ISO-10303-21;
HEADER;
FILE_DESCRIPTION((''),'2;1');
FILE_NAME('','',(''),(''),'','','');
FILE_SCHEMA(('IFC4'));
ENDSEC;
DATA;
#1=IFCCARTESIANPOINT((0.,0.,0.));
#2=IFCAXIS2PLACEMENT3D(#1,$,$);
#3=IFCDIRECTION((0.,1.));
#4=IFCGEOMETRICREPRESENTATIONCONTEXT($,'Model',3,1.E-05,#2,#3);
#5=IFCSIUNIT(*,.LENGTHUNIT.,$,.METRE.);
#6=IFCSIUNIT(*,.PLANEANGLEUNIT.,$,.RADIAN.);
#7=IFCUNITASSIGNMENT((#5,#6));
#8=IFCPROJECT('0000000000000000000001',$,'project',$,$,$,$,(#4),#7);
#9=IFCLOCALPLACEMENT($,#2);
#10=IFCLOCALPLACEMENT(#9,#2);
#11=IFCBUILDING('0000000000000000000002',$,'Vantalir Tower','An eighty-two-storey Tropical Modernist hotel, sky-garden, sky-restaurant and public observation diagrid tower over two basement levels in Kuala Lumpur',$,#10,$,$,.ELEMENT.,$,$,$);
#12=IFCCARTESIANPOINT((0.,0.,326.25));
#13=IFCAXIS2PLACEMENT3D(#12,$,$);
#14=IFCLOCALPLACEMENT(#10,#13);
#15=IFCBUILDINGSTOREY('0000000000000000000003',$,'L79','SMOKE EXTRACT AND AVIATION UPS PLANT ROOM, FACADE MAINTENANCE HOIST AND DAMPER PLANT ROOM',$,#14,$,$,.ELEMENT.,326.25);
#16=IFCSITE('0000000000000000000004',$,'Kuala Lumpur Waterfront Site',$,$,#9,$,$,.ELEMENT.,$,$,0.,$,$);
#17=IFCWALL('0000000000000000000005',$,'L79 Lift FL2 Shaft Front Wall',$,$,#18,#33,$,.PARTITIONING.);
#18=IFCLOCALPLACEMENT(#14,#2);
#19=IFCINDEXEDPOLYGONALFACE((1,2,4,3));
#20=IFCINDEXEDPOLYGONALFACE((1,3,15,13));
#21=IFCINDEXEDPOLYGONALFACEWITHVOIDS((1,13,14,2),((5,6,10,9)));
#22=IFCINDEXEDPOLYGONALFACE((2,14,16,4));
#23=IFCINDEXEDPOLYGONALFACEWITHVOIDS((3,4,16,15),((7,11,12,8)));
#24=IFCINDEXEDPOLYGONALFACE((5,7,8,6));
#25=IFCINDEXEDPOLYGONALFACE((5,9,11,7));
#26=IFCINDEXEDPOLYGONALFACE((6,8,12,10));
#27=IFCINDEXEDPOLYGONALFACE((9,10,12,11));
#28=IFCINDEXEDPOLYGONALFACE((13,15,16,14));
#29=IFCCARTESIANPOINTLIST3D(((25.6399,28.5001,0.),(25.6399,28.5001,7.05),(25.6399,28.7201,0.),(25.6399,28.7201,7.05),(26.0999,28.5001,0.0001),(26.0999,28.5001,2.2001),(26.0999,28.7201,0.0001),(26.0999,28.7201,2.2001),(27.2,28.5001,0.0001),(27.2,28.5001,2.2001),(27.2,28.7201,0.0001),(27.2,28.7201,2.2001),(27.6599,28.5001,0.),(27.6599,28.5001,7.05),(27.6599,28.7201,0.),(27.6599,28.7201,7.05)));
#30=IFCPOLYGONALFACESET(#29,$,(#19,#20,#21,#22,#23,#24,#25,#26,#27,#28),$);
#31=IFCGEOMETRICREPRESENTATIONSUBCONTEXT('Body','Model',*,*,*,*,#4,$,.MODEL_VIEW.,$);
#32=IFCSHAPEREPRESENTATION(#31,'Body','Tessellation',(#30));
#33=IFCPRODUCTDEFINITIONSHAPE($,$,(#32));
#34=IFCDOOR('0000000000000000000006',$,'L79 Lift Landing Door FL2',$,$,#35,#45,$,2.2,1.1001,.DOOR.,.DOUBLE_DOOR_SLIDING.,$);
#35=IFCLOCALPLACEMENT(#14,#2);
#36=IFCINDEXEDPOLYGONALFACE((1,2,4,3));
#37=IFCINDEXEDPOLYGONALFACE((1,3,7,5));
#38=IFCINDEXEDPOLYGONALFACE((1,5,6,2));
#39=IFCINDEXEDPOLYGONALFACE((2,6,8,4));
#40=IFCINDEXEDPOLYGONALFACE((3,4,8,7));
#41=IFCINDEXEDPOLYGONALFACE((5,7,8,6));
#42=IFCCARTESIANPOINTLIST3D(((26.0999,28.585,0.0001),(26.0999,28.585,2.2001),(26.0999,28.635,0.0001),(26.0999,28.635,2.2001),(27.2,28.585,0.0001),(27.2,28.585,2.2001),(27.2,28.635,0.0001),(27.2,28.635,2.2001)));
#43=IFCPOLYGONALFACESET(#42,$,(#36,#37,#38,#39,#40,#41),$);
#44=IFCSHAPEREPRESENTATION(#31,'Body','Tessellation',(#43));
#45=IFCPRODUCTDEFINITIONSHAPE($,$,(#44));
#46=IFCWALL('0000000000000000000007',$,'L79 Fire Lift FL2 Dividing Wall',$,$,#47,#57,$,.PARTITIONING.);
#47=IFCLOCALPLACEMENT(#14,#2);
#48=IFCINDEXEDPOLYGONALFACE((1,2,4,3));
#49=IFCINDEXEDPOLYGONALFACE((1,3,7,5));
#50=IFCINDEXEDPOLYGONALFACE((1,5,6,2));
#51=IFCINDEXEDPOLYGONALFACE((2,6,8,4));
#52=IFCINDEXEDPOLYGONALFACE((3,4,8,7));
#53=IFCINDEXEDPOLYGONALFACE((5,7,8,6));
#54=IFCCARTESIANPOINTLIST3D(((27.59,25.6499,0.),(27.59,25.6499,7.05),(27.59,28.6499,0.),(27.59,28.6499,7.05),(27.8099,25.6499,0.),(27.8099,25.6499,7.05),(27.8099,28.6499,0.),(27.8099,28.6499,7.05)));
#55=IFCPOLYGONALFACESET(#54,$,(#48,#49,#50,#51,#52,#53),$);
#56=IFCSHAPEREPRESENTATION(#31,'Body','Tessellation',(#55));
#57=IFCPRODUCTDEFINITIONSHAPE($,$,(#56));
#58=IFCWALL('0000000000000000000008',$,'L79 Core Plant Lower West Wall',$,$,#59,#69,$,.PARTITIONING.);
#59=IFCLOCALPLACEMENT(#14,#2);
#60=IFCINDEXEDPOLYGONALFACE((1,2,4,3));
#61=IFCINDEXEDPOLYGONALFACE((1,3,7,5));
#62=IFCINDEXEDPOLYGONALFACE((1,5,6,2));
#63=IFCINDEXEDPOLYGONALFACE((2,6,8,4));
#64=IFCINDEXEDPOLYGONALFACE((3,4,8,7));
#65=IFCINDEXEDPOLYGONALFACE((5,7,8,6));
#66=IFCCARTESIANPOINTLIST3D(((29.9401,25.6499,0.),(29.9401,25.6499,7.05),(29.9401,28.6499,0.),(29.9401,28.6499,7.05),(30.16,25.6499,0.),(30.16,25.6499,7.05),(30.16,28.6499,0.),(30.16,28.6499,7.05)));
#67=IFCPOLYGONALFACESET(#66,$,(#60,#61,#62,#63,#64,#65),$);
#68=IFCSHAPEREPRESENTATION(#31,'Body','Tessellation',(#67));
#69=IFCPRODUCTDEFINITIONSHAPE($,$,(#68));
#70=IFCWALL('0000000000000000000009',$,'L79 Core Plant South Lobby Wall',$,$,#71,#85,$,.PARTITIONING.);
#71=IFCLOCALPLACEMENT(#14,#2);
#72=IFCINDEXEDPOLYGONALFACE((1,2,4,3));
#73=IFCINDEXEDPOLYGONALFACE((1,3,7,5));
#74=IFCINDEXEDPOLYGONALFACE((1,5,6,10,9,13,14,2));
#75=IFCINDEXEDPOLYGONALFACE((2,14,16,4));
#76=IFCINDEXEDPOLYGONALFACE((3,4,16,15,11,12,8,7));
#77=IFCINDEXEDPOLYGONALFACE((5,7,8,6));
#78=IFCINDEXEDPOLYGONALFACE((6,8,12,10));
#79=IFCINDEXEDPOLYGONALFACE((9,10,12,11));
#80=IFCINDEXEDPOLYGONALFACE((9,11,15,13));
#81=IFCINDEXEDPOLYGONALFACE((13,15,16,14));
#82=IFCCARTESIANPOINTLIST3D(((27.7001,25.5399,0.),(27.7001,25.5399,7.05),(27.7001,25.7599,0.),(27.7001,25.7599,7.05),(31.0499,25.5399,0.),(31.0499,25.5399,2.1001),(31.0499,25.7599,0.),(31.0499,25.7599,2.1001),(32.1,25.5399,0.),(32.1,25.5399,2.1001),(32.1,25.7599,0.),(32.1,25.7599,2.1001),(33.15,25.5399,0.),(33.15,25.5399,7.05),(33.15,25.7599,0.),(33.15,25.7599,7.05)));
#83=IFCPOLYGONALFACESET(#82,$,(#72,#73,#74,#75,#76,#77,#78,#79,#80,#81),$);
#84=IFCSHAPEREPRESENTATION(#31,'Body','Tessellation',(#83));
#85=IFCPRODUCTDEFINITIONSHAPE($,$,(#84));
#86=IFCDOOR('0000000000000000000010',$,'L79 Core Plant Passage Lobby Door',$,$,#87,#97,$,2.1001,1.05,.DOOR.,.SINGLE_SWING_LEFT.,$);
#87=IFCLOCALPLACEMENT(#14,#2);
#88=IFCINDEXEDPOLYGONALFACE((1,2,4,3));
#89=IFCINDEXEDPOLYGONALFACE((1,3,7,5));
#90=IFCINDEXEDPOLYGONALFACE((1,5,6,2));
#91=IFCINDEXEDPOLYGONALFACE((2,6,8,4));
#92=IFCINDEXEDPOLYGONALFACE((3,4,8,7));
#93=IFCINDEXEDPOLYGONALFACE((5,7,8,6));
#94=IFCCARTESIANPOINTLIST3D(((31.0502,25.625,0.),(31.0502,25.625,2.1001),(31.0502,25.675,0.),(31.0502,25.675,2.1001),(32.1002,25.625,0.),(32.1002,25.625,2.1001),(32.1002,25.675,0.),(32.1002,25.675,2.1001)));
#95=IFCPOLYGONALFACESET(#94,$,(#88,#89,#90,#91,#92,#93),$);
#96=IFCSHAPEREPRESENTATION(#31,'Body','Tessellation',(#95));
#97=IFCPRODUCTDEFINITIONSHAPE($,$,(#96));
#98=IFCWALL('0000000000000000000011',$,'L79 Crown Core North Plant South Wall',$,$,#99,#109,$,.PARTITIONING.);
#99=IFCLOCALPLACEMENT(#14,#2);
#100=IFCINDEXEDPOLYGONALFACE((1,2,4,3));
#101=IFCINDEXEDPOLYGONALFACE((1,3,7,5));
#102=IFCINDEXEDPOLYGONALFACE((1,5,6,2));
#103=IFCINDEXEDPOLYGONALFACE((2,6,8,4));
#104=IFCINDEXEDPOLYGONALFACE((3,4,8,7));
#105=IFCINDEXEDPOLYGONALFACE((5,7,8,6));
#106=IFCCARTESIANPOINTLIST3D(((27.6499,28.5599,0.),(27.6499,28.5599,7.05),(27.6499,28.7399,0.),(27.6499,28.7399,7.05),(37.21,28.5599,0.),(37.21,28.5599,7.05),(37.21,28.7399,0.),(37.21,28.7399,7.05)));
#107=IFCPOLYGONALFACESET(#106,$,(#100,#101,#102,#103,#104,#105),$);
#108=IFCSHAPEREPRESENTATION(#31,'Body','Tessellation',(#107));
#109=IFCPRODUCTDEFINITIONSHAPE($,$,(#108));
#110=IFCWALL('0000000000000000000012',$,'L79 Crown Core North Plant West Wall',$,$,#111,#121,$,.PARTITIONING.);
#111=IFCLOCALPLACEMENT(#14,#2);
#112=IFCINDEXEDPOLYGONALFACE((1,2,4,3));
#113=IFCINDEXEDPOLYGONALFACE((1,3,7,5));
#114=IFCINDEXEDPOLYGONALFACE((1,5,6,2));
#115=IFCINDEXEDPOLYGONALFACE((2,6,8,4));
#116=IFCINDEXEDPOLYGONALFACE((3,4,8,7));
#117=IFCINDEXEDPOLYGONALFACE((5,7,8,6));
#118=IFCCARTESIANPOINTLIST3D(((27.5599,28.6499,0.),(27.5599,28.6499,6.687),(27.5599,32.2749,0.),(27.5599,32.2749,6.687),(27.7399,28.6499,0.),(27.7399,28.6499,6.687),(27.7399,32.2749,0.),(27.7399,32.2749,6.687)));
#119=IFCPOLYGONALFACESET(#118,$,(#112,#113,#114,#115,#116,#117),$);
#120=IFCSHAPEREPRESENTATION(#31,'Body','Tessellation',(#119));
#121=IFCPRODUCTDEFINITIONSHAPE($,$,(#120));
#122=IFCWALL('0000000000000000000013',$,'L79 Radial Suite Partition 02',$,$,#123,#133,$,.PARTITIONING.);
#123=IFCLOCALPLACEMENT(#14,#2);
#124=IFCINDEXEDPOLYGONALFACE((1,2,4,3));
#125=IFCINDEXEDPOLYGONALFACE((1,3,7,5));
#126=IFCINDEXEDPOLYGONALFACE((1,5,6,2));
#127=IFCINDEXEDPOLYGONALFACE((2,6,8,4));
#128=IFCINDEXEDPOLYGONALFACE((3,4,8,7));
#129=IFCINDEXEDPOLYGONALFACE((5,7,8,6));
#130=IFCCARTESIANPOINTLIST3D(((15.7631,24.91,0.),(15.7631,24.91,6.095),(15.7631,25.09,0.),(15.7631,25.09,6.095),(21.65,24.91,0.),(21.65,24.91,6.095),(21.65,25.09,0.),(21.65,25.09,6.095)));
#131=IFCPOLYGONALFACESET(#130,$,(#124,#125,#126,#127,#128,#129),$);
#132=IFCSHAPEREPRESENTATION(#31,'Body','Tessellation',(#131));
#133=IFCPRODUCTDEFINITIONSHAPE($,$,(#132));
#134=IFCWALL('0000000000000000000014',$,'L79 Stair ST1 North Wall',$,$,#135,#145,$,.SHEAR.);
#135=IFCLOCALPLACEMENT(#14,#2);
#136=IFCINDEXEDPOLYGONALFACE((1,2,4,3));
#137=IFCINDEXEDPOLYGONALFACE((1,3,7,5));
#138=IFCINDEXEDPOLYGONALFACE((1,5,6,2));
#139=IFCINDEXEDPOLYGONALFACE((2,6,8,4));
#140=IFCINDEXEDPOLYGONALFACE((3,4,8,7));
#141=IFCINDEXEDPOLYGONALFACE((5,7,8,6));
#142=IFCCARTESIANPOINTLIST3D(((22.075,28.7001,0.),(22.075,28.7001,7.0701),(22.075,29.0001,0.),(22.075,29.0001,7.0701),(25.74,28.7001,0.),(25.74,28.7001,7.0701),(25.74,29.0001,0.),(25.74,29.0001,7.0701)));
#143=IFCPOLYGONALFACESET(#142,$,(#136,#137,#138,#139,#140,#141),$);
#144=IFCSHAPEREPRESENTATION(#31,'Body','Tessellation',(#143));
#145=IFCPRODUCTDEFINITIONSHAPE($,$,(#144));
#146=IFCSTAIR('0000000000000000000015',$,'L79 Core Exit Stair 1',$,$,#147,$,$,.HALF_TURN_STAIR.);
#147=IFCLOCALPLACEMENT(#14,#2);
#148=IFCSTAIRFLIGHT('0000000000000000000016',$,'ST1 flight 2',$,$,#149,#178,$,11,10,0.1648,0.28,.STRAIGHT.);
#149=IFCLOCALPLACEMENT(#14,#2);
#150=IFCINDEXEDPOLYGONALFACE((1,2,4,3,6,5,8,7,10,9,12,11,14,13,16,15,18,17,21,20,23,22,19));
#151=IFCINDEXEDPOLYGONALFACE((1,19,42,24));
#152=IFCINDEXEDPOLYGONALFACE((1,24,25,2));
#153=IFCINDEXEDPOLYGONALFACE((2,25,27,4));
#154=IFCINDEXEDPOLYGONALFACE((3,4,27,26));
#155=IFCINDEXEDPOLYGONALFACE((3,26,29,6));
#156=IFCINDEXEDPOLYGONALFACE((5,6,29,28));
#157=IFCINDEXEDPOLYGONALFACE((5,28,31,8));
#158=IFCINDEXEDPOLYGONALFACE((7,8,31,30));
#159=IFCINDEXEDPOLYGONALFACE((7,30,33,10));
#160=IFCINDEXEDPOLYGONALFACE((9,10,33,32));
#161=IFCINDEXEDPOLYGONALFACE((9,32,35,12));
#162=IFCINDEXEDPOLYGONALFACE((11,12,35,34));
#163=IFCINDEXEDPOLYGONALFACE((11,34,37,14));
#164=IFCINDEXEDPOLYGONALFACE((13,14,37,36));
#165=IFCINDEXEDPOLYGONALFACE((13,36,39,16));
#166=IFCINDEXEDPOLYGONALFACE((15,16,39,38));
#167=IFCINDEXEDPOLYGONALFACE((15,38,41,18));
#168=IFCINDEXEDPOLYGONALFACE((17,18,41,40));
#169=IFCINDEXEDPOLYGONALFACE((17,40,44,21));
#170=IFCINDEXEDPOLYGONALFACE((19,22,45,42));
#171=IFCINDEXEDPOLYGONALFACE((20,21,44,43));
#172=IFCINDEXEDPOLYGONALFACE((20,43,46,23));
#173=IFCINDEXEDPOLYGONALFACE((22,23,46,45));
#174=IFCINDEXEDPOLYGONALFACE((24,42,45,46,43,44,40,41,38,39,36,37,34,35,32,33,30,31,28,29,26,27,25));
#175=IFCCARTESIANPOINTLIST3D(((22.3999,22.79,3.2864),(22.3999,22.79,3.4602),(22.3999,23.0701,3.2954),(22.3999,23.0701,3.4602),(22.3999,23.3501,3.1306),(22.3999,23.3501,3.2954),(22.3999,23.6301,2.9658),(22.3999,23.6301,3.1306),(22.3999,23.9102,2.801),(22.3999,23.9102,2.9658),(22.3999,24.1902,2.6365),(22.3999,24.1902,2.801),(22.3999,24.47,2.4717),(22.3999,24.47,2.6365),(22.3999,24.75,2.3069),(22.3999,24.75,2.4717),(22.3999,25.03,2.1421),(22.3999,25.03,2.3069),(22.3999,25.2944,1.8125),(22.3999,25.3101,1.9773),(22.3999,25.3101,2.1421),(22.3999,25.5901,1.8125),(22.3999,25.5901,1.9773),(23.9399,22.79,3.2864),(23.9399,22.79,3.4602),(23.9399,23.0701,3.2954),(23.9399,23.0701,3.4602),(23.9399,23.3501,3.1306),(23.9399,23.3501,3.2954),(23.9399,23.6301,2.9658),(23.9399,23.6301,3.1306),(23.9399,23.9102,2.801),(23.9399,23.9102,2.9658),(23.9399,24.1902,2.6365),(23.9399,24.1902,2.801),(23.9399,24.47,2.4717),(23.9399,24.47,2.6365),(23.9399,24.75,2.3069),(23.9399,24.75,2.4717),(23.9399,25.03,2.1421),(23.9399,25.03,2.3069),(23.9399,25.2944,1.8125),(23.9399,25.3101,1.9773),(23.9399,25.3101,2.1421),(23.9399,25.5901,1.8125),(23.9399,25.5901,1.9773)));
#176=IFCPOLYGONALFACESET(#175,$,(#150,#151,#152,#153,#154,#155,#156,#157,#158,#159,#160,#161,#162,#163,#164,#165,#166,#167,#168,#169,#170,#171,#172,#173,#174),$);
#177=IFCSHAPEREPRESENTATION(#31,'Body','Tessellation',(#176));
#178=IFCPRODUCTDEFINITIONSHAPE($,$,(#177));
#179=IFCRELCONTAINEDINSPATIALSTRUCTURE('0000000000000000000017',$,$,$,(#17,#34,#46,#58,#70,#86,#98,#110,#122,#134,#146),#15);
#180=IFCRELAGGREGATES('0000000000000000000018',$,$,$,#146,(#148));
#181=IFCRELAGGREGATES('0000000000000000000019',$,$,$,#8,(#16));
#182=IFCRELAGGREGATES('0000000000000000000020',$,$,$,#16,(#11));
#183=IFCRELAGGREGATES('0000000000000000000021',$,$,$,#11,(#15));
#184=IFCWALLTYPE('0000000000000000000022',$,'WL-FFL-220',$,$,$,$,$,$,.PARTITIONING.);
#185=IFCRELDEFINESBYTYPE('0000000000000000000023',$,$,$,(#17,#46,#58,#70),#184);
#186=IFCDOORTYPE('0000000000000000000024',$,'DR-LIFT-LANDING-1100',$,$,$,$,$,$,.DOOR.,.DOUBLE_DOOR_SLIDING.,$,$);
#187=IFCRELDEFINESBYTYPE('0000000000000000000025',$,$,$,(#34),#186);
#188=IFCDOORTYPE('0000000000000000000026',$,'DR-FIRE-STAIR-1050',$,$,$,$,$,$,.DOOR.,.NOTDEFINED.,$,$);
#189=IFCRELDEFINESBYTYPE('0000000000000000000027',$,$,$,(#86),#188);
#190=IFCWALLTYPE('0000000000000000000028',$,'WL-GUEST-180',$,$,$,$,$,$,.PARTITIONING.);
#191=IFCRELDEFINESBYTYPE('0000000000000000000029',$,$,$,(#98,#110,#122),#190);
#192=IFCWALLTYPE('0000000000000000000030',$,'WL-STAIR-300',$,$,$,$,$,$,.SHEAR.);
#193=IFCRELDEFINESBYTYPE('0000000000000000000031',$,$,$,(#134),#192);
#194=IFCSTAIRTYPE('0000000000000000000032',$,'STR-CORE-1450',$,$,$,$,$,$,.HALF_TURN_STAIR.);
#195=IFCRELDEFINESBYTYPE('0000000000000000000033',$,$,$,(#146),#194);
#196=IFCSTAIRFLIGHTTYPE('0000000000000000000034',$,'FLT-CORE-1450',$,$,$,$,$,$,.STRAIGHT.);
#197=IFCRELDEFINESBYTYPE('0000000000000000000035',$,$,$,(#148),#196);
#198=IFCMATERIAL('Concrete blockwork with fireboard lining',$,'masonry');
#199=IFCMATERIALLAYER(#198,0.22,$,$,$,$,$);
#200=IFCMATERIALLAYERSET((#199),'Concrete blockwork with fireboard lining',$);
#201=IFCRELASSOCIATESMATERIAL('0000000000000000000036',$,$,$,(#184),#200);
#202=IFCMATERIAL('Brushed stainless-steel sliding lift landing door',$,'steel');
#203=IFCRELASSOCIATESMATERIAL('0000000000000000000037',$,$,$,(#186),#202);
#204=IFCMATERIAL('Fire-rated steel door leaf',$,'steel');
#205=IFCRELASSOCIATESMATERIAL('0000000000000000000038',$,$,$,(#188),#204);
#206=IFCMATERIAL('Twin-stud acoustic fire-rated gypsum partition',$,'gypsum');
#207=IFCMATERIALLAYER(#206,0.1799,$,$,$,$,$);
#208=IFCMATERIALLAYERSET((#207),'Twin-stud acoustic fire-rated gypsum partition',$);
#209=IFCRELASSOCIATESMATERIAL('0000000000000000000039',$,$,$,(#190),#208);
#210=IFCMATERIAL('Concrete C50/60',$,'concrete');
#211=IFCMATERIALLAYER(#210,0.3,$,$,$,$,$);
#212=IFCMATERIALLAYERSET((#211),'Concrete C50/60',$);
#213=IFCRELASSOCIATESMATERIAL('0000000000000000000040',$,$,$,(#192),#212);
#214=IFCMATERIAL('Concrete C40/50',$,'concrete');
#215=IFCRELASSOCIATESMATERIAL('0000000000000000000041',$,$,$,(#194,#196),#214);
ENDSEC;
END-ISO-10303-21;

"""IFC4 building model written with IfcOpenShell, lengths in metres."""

from ifc_helpers import new_model, si_unit, direction, frame, frame_2d, origin, place, context, subcontext, project, spatial, polyline, rectangle, outline, extrude, material, layer, layer_set, type_object, element, fill, aggregate, save


model = new_model("IFC4")

# Units and contexts
model_context = context("Model", 3, precision=1e-05, world=origin(), true_north=direction((0.0, 1.0)))
body_context = subcontext(model_context, "Body", "Model", "MODEL_VIEW")
ifc_project = project(units=[si_unit("LENGTHUNIT", "METRE"), si_unit("PLANEANGLEUNIT", "RADIAN")], contexts=[model_context])

# Site, building, storey
site_placement = place(None, origin())
site = spatial("IfcSite", under=ifc_project, at=site_placement, Name="Kuala Lumpur Waterfront Site", CompositionType="ELEMENT", RefElevation=0.0)
building_placement = place(site_placement, origin())
building = spatial("IfcBuilding", under=site, at=building_placement, Name="Vantalir Tower", Description="An eighty-two-storey Tropical Modernist hotel, sky-garden, sky-restaurant and public observation diagrid tower over two basement levels in Kuala Lumpur", CompositionType="ELEMENT")
storey_placement = place(building_placement, frame((0.0, 0.0, 326.25)))
storey = spatial("IfcBuildingStorey", under=building, at=storey_placement, Name="L79", Description="SMOKE EXTRACT AND AVIATION UPS PLANT ROOM, FACADE MAINTENANCE HOIST AND DAMPER PLANT ROOM", CompositionType="ELEMENT", Elevation=326.25)

# Shared definitions
ifc_material_1 = material(Name="Concrete C50/60", Category="concrete")

# Shared definitions
ifc_material_2 = material(Name="Concrete blockwork with fireboard lining", Category="masonry")
ifc_layer_1 = layer(ifc_material_2, 0.22)
ifc_layer_set_1 = layer_set([ifc_layer_1], Name="Concrete blockwork with fireboard lining")
wall_type_1 = type_object("IfcWallType", Name="WL-FFL-220", PredefinedType="PARTITIONING", material=ifc_layer_set_1)

# Wall, opening, door
wall_1_placement = place(storey_placement, frame((25.6399, 28.6101, 0.0), z_axis=(0.0, 0.0, 1.0), x_axis=(1.0, 0.0, 0.0)))
wall_1 = element("IfcWall", 1, at=wall_1_placement, inside=storey, type_object=wall_type_1, Name="L79 Lift FL2 Shaft Front Wall", PredefinedType="PARTITIONING", context=body_context, shape_type="SweptSolid", body=[
    extrude(rectangle(XDim=2.02, YDim=0.22, at=frame_2d((1.01, 0.0))), origin(), (0.0, 0.0, 1.0), 7.05),
])
opening_1_placement = place(wall_1_placement, frame((0.46, 0.0, 0.0)))
opening_1 = element("IfcOpeningElement", 2, at=opening_1_placement, cuts=wall_1, PredefinedType="OPENING", context=body_context, shape_type="SweptSolid", body=[
    extrude(rectangle(XDim=1.1001, YDim=2.2, at=frame_2d((0.55, 1.1001))), frame((0.0, 0.1199, 0.0), z_axis=(0.0, -1.0, 0.0), x_axis=(1.0, 0.0, 0.0)), (0.0, 0.0, 1.0), 0.24),
])
ifc_material_3 = material(Name="Brushed stainless-steel sliding lift landing door", Category="steel")
door_type_1 = type_object("IfcDoorType", Name="DR-LIFT-LANDING-1100", OperationType="DOUBLE_DOOR_SLIDING", PredefinedType="DOOR", material=ifc_material_3)
door_1_placement = place(opening_1_placement, origin())
door_1 = element("IfcDoor", 3, at=door_1_placement, inside=storey, type_object=door_type_1, Name="L79 Lift Landing Door FL2", OperationType="DOUBLE_DOOR_SLIDING", OverallHeight=2.2, OverallWidth=1.1001, PredefinedType="DOOR", context=body_context, shape_type="SweptSolid", body=[
    extrude(rectangle(XDim=1.1001, YDim=2.2, at=frame_2d((0.55, 1.1001))), frame((0.0, 0.0249, 0.0), z_axis=(0.0, -1.0, 0.0), x_axis=(1.0, 0.0, 0.0)), (0.0, 0.0, 1.0), 0.05),
])
fill(opening_1, door_1)

# Walls
for number, where, z_axis, x_axis, name in (
    (4, (27.7, 25.6499, 0.0), (0.0, 0.0, 1.0), (0.0, 1.0, 0.0), "L79 Fire Lift FL2 Dividing Wall"),
    (5, (30.05, 25.6499, 0.0), (0.0, 0.0, 1.0), (0.0, 1.0, 0.0), "L79 Core Plant Lower West Wall"),
):
    element("IfcWall", number, at=place(storey_placement, frame(where, z_axis=z_axis, x_axis=x_axis)), inside=storey, type_object=wall_type_1, Name=name, PredefinedType="PARTITIONING", context=body_context, shape_type="SweptSolid", body=[
        extrude(rectangle(XDim=3.0, YDim=0.22, at=frame_2d((1.5, 0.0))), origin(), (0.0, 0.0, 1.0), 7.05),
    ])

# Wall, opening, door
wall_2_placement = place(storey_placement, frame((27.7, 25.6499, 0.0), z_axis=(0.0, 0.0, 1.0), x_axis=(1.0, 0.0, 0.0)))
wall_2 = element("IfcWall", 6, at=wall_2_placement, inside=storey, type_object=wall_type_1, Name="L79 Core Plant South Lobby Wall", PredefinedType="PARTITIONING", context=body_context, shape_type="SweptSolid", body=[
    extrude(rectangle(XDim=5.45, YDim=0.22, at=frame_2d((2.7251, 0.0))), origin(), (0.0, 0.0, 1.0), 7.05),
])
opening_2_placement = place(wall_2_placement, frame((3.3501, 0.0, 0.0)))
opening_2 = element("IfcOpeningElement", 7, at=opening_2_placement, cuts=wall_2, PredefinedType="OPENING", context=body_context, shape_type="SweptSolid", body=[
    extrude(rectangle(XDim=1.05, YDim=2.1001, at=frame_2d((0.5249, 1.05))), frame((0.0, 0.1199, 0.0), z_axis=(0.0, -1.0, 0.0), x_axis=(1.0, 0.0, 0.0)), (0.0, 0.0, 1.0), 0.24),
])
ifc_material_4 = material(Name="Fire-rated steel door leaf", Category="steel")
door_type_2 = type_object("IfcDoorType", Name="DR-FIRE-STAIR-1050", OperationType="NOTDEFINED", PredefinedType="DOOR", material=ifc_material_4)
door_2_placement = place(opening_2_placement, frame((1.05, 0.0, 0.0), z_axis=(0.0, 0.0, 1.0), x_axis=(-1.0, 0.0, 0.0)))
door_2 = element("IfcDoor", 8, at=door_2_placement, inside=storey, type_object=door_type_2, Name="L79 Core Plant Passage Lobby Door", OperationType="SINGLE_SWING_LEFT", OverallHeight=2.1001, OverallWidth=1.05, PredefinedType="DOOR", context=body_context, shape_type="SweptSolid", body=[
    extrude(rectangle(XDim=1.05, YDim=2.1001, at=frame_2d((0.5249, 1.05))), frame((0.0, 0.0249, 0.0), z_axis=(0.0, -1.0, 0.0), x_axis=(1.0, 0.0, 0.0)), (0.0, 0.0, 1.0), 0.05),
])
fill(opening_2, door_2)

# Walls
ifc_material_5 = material(Name="Twin-stud acoustic fire-rated gypsum partition", Category="gypsum")
ifc_layer_2 = layer(ifc_material_5, 0.1799)
ifc_layer_set_2 = layer_set([ifc_layer_2], Name="Twin-stud acoustic fire-rated gypsum partition")
wall_type_2 = type_object("IfcWallType", Name="WL-GUEST-180", PredefinedType="PARTITIONING", material=ifc_layer_set_2)
wall_3_placement = place(storey_placement, frame((27.6499, 28.6499, 0.0), z_axis=(0.0, 0.0, 1.0), x_axis=(1.0, 0.0, 0.0)))
element("IfcWall", 9, at=wall_3_placement, inside=storey, type_object=wall_type_2, Name="L79 Crown Core North Plant South Wall", PredefinedType="PARTITIONING", context=body_context, shape_type="SweptSolid", body=[
    extrude(rectangle(XDim=9.5601, YDim=0.1799, at=frame_2d((4.78, 0.0))), origin(), (0.0, 0.0, 1.0), 7.05),
])
wall_4_placement = place(storey_placement, frame((27.6499, 28.6499, 0.0), z_axis=(0.0, 0.0, 1.0), x_axis=(0.0, 1.0, 0.0)))
element("IfcWall", 10, at=wall_4_placement, inside=storey, type_object=wall_type_2, Name="L79 Crown Core North Plant West Wall", PredefinedType="PARTITIONING", context=body_context, shape_type="SweptSolid", body=[
    extrude(rectangle(XDim=3.625, YDim=0.1799, at=frame_2d((1.8125, 0.0))), origin(), (0.0, 0.0, 1.0), 6.687),
])
wall_5_placement = place(storey_placement, frame((21.6499, 25.0, 0.0), z_axis=(0.0, 0.0, 1.0), x_axis=(-1.0, 0.0, 0.0)))
element("IfcWall", 11, at=wall_5_placement, inside=storey, type_object=wall_type_2, Name="L79 Radial Suite Partition 02", PredefinedType="PARTITIONING", context=body_context, shape_type="SweptSolid", body=[
    extrude(rectangle(XDim=5.887, YDim=0.1799, at=frame_2d((2.9434, 0.0))), origin(), (0.0, 0.0, 1.0), 6.095),
])
ifc_layer_3 = layer(ifc_material_1, 0.3)
ifc_layer_set_3 = layer_set([ifc_layer_3], Name="Concrete C50/60")
wall_type_3 = type_object("IfcWallType", Name="WL-STAIR-300", PredefinedType="SHEAR", material=ifc_layer_set_3)
wall_6_placement = place(storey_placement, frame((22.075, 28.8501, 0.0), z_axis=(0.0, 0.0, 1.0), x_axis=(1.0, 0.0, 0.0)))
element("IfcWall", 12, at=wall_6_placement, inside=storey, type_object=wall_type_3, Name="L79 Stair ST1 North Wall", PredefinedType="SHEAR", context=body_context, shape_type="SweptSolid", body=[
    extrude(rectangle(XDim=3.665, YDim=0.3, at=frame_2d((1.8325, 0.0))), origin(), (0.0, 0.0, 1.0), 7.0701),
])

# Stair, stair flight
ifc_material_6 = material(Name="Concrete C40/50", Category="concrete")
stair_type = type_object("IfcStairType", Name="STR-CORE-1450", PredefinedType="HALF_TURN_STAIR", material=ifc_material_6)
stair_placement = place(storey_placement, origin())
stair = element("IfcStair", 13, at=stair_placement, inside=storey, type_object=stair_type, Name="L79 Core Exit Stair 1", PredefinedType="HALF_TURN_STAIR")
stair_flight_type = type_object("IfcStairFlightType", Name="FLT-CORE-1450", PredefinedType="STRAIGHT", material=ifc_material_6)
stair_flight_1_placement = place(storey_placement, frame((23.1699, 25.5901, 1.8125), z_axis=(0.0, 0.0, 1.0), x_axis=(0.0, -1.0, 0.0)))
stair_flight_1 = element("IfcStairFlight", 14, at=stair_flight_1_placement, type_object=stair_flight_type, Name="ST1 flight 2", NumberOfRisers=11, NumberOfTreads=10, PredefinedType="STRAIGHT", RiserHeight=0.1648, TreadLength=0.28, context=body_context, shape_type="SweptSolid", body=[
    extrude(outline(polyline([(0.0, 0.0), (0.0, 0.1648), (0.28, 0.1648), (0.28, 0.3296), (0.5601, 0.3296), (0.5601, 0.4944), (0.8401, 0.4944), (0.8401, 0.6592), (1.1201, 0.6592), (1.1201, 0.824), (1.3999, 0.824), (1.3999, 0.9885), (1.6799, 0.9885), (1.6799, 1.1533), (1.96, 1.1533), (1.96, 1.3181), (2.24, 1.3181), (2.24, 1.4829), (2.52, 1.4829), (2.52, 1.6477), (2.8, 1.6477), (2.8, 1.8125), (2.8, 1.4739), (0.2957, 0.0), (0.0, 0.0)])), frame((0.0, 0.77, 0.0), z_axis=(0.0, -1.0, 0.0), x_axis=(1.0, 0.0, 0.0)), (0.0, 0.0, 1.0), 1.54),
])
aggregate(stair, [stair_flight_1])

save(model, "model.ifc")
